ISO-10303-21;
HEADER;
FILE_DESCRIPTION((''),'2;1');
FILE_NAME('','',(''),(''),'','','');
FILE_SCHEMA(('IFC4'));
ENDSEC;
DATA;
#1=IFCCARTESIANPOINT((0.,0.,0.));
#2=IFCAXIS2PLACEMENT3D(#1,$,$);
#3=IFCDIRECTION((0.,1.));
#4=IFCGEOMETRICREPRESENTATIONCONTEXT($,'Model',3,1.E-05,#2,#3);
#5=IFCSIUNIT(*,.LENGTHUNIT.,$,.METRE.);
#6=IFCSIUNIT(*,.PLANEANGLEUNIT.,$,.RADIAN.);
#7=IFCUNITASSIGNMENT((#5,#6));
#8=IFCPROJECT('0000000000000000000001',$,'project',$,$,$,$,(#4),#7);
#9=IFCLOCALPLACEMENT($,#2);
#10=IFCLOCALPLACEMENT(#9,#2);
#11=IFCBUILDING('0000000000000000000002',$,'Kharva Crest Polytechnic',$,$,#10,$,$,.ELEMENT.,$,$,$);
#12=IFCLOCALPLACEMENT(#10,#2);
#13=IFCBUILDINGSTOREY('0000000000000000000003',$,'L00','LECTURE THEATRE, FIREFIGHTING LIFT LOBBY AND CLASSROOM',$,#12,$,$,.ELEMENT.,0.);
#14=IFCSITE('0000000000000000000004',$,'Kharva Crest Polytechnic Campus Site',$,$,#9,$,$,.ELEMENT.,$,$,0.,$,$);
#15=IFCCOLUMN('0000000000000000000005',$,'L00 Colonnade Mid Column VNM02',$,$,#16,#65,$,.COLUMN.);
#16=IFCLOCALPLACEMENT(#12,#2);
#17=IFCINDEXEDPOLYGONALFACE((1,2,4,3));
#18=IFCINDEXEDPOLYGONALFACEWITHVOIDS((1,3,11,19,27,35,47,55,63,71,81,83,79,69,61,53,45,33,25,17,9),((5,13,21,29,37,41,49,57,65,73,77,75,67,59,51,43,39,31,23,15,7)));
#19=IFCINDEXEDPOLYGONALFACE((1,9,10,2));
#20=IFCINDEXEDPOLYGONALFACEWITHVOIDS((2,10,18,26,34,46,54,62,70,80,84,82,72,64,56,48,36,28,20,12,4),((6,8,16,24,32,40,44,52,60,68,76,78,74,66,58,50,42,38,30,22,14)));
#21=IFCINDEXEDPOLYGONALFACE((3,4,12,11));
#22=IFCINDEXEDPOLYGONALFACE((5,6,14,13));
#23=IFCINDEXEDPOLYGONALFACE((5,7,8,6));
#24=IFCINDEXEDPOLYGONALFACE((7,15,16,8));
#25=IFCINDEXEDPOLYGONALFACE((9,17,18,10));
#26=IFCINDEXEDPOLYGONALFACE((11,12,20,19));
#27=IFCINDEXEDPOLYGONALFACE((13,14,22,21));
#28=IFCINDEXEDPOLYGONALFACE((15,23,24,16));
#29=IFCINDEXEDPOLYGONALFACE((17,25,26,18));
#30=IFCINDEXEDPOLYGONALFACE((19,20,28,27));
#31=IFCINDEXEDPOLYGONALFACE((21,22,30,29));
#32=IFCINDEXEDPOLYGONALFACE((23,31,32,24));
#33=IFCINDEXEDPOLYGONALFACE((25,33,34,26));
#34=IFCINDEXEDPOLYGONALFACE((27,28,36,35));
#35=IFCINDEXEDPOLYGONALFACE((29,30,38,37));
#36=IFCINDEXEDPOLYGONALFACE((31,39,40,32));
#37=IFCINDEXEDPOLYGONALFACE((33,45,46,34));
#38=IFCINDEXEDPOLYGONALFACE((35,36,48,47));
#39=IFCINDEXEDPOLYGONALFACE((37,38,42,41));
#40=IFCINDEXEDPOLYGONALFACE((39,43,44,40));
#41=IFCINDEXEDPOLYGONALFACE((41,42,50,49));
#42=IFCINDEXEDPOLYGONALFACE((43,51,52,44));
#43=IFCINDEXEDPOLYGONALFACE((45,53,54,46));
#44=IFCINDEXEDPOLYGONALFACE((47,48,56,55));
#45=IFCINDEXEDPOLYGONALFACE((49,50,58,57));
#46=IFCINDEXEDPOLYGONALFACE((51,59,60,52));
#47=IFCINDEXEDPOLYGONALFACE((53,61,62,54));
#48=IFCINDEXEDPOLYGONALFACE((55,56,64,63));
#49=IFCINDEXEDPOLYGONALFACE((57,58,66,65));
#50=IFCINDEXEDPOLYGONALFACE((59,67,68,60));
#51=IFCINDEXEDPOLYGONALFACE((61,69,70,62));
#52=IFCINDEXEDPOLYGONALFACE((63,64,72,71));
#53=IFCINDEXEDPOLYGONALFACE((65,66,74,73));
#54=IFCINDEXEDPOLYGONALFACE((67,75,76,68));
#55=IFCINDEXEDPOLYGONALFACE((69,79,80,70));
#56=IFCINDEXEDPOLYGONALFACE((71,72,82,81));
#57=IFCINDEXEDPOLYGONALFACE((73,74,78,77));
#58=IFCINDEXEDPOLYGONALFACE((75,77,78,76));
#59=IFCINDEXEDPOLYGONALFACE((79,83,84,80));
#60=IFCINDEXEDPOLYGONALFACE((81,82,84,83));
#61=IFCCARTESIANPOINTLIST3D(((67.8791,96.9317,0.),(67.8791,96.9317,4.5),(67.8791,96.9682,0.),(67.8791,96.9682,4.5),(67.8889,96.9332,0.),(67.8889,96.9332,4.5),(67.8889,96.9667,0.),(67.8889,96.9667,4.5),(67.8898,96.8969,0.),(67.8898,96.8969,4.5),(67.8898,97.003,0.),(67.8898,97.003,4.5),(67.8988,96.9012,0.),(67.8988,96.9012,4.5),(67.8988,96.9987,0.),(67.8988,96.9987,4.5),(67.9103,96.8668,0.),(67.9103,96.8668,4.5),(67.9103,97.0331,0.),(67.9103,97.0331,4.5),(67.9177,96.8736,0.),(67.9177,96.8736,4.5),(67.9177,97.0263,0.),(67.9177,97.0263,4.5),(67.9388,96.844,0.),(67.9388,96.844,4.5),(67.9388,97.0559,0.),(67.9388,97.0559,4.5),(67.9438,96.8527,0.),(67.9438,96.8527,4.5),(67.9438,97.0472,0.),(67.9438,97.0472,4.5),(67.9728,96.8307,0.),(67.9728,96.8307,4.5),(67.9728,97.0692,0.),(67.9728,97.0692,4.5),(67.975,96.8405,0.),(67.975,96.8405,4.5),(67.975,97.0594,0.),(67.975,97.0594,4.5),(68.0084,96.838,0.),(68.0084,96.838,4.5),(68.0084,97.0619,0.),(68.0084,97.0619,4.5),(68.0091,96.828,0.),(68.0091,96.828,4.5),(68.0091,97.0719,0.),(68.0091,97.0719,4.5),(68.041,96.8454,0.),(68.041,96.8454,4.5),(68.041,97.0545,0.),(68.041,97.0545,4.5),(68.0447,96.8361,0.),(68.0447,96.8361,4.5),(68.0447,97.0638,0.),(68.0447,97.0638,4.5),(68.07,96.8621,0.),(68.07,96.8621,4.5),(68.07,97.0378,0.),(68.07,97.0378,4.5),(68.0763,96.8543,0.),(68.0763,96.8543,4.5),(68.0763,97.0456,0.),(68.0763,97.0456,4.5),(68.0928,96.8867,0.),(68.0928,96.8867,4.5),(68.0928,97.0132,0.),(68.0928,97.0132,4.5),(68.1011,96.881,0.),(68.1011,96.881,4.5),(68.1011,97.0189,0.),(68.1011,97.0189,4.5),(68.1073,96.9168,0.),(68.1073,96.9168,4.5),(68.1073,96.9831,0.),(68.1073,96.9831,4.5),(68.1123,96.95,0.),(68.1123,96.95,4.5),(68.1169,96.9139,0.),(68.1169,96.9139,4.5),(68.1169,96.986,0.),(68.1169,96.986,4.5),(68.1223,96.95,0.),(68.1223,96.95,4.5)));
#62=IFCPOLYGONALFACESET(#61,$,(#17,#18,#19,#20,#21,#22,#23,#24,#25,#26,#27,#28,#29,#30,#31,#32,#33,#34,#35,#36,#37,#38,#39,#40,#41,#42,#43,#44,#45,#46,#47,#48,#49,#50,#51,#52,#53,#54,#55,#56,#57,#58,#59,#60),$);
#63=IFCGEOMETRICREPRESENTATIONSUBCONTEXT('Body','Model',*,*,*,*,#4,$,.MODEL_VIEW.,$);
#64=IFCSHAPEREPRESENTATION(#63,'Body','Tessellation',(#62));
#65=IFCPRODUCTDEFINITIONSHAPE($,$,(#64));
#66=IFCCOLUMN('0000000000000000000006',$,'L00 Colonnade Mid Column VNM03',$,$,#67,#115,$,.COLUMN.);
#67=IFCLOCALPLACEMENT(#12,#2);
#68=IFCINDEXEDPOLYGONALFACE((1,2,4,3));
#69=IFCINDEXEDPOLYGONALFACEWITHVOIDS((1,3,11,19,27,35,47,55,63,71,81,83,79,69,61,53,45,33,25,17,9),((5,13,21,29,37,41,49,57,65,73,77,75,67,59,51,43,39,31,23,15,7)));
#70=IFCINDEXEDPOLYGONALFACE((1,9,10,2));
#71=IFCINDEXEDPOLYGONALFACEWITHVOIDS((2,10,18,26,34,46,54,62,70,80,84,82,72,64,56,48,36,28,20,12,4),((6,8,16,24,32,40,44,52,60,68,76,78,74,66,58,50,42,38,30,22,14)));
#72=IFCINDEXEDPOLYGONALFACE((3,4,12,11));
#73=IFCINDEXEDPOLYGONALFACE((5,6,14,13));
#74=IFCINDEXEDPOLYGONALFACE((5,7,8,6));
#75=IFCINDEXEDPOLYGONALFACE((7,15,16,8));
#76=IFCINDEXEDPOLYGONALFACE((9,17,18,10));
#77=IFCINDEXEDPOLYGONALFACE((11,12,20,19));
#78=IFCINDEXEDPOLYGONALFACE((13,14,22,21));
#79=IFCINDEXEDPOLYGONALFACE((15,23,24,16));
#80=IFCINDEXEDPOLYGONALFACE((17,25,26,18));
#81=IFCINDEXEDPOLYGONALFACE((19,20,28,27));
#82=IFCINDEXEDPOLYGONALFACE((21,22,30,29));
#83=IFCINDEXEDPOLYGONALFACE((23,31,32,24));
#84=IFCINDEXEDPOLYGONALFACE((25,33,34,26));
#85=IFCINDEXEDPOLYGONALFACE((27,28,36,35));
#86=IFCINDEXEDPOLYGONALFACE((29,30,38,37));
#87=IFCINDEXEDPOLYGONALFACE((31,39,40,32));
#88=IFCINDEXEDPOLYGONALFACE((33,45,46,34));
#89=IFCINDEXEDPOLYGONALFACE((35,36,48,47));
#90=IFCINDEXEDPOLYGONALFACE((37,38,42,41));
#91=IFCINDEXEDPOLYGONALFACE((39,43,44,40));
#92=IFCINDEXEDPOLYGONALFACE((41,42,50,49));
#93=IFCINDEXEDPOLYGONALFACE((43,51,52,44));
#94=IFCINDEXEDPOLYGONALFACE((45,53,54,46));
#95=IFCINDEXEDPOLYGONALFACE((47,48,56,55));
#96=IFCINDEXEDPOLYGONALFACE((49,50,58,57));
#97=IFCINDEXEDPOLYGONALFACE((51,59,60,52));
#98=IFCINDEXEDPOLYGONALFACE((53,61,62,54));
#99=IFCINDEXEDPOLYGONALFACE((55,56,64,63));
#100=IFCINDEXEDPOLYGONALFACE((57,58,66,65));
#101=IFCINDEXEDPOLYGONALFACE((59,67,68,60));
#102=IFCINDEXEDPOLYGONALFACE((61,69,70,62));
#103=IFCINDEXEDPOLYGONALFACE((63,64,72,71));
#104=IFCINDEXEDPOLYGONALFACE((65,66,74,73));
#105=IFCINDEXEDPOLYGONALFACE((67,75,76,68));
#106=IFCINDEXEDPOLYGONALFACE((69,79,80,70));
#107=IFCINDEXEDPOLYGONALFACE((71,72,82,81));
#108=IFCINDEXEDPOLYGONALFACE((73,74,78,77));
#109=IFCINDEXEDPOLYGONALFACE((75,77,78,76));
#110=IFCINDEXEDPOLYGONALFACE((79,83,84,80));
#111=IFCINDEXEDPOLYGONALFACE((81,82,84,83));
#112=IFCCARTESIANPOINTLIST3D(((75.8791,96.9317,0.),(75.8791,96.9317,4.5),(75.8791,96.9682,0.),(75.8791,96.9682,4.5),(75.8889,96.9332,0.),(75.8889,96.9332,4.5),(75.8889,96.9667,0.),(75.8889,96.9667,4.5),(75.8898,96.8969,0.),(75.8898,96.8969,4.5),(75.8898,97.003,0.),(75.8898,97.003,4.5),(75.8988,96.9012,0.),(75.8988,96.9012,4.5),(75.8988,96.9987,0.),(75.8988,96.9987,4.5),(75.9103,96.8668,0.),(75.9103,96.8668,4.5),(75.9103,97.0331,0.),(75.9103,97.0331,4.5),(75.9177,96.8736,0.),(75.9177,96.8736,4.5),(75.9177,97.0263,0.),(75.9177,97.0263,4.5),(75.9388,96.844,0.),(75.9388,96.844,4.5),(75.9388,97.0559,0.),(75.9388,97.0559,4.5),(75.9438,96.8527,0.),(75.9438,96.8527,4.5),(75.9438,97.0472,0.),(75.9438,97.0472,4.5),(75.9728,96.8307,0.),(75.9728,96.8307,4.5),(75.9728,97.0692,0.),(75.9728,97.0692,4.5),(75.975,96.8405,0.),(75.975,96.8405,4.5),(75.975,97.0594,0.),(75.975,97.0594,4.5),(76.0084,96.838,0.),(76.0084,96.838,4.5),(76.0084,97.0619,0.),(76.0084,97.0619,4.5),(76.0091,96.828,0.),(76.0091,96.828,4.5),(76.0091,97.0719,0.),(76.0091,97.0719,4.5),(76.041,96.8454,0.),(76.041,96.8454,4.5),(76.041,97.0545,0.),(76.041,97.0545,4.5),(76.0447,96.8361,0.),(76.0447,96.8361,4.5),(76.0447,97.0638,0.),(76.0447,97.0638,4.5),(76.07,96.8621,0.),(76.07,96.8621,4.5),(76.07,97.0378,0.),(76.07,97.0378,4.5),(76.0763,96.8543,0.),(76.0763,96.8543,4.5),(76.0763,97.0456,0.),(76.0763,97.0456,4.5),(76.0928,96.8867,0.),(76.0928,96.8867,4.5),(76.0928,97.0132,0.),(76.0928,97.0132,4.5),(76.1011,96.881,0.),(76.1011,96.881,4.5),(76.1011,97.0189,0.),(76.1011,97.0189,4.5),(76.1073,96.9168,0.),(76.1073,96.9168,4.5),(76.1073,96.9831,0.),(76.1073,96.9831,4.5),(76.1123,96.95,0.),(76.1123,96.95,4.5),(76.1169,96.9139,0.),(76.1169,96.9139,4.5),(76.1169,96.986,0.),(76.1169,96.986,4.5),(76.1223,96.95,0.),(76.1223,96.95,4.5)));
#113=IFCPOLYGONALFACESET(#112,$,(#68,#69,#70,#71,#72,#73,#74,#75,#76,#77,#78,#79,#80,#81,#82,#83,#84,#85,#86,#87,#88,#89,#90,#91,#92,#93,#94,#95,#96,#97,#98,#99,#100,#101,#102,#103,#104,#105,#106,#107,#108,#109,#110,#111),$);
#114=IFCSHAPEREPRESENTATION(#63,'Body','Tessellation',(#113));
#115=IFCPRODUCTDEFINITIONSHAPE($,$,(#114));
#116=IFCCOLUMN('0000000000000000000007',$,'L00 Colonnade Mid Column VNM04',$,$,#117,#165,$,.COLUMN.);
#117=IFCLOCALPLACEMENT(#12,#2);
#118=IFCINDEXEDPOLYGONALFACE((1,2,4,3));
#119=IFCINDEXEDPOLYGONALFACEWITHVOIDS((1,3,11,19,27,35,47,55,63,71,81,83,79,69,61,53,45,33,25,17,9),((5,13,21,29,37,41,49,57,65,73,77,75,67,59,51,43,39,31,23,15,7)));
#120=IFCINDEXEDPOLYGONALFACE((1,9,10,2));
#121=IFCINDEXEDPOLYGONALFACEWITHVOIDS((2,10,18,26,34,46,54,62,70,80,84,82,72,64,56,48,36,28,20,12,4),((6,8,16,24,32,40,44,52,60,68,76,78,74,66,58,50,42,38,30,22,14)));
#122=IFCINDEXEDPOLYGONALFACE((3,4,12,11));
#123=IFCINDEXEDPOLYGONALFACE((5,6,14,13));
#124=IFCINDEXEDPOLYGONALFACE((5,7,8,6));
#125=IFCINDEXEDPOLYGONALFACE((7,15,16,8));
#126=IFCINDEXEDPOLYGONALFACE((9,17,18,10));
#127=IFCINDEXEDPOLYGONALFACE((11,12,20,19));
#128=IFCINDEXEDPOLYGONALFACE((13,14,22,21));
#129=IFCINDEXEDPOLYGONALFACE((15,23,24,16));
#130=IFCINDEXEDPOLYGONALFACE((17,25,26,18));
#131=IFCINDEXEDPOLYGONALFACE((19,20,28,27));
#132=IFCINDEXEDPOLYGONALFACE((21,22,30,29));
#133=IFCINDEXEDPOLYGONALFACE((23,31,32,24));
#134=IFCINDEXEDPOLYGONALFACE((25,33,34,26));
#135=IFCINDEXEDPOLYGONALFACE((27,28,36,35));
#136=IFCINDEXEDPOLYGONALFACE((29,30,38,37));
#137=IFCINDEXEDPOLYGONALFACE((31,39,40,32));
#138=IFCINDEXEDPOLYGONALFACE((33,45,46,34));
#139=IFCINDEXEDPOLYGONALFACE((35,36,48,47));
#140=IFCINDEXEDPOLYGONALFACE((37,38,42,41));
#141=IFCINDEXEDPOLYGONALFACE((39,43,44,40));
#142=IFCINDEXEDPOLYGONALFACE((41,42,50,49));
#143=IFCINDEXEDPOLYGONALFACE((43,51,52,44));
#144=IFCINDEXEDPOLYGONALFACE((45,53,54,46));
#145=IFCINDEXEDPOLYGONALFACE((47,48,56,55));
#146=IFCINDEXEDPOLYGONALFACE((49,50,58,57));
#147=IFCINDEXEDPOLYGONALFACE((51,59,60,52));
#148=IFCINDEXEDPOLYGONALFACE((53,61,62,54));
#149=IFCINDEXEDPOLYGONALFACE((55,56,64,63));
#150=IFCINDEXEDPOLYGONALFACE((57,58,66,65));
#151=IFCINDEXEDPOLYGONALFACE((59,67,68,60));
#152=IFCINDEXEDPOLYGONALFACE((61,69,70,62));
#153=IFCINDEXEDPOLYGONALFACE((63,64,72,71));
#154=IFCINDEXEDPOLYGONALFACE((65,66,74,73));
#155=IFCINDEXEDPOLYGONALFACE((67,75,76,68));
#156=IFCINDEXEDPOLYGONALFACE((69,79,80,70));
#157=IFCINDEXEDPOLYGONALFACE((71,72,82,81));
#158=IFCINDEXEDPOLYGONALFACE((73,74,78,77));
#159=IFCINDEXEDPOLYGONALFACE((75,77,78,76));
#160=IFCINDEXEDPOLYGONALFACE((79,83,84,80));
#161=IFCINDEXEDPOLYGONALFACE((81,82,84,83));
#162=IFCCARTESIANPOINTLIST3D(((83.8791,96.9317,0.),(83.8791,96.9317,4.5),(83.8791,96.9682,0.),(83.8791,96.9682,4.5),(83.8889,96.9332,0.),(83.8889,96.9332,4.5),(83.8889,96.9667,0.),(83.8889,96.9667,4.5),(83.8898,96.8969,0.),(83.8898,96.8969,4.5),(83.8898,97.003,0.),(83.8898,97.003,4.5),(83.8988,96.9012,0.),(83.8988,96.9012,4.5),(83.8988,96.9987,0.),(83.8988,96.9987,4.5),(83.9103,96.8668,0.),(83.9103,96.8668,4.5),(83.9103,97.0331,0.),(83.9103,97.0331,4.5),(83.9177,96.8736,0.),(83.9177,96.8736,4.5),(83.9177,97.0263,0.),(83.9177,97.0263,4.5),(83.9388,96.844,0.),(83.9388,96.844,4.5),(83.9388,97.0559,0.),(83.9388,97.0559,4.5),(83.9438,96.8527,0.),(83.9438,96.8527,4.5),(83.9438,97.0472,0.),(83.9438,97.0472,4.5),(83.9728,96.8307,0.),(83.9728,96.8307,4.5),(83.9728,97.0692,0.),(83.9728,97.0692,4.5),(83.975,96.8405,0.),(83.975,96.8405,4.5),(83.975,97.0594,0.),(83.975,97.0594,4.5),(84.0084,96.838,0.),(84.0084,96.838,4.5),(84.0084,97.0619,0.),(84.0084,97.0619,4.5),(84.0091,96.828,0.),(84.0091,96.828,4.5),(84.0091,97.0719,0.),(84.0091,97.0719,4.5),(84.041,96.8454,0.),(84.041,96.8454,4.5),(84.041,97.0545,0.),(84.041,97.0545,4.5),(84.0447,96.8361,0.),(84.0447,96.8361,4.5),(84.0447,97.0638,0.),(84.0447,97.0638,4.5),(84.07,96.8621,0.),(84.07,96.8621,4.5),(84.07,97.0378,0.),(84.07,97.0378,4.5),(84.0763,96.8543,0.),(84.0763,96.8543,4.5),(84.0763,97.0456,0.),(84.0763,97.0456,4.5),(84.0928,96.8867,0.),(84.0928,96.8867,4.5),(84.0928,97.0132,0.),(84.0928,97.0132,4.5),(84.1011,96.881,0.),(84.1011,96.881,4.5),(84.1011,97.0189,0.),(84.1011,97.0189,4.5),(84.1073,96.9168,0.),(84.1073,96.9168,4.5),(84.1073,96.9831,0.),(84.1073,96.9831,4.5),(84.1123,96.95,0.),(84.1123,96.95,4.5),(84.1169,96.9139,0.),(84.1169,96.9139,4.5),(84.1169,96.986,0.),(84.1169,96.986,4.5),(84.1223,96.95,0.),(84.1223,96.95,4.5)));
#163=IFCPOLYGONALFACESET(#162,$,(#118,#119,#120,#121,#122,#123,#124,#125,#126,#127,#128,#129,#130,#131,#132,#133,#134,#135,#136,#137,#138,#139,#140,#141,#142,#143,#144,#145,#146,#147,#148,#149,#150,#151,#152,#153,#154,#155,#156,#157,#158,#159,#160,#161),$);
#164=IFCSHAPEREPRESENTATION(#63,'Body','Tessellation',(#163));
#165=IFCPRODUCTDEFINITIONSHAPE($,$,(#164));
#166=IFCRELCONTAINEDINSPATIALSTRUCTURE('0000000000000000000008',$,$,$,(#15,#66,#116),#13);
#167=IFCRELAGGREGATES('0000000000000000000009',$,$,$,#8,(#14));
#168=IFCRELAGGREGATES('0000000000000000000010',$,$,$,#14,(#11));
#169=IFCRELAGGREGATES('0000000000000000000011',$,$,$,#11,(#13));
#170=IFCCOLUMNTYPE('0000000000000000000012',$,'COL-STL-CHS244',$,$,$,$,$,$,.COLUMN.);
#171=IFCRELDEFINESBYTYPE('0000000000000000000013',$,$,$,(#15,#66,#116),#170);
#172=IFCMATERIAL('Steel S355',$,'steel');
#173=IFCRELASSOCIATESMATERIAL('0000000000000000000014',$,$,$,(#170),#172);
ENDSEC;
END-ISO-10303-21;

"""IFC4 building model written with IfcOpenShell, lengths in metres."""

from ifc_helpers import new_model, si_unit, direction, frame, origin, origin_2d, place, context, subcontext, project, spatial, hollow_circle, extrude, material, material_profile, profile_set, type_object, element, save


model = new_model("IFC4")

# Units and contexts
model_context = context("Model", 3, precision=1e-05, world=origin(), true_north=direction((0.0, 1.0)))
body_context = subcontext(model_context, "Body", "Model", "MODEL_VIEW")
ifc_project = project(units=[si_unit("LENGTHUNIT", "METRE"), si_unit("PLANEANGLEUNIT", "RADIAN")], contexts=[model_context])

# Site, building, storey
site_placement = place(None, origin())
site = spatial("IfcSite", under=ifc_project, at=site_placement, Name="Kharva Crest Polytechnic Campus Site", CompositionType="ELEMENT", RefElevation=0.0)
building_placement = place(site_placement, origin())
building = spatial("IfcBuilding", under=site, at=building_placement, Name="Kharva Crest Polytechnic", CompositionType="ELEMENT")
storey_placement = place(building_placement, origin())
storey = spatial("IfcBuildingStorey", under=building, at=storey_placement, Name="L00", Description="LECTURE THEATRE, FIREFIGHTING LIFT LOBBY AND CLASSROOM", CompositionType="ELEMENT", Elevation=0.0)

# Columns
ifc_material_1 = material(Name="Steel S355", Category="steel")
ifc_material_profile_1 = material_profile(ifc_material_1, hollow_circle(Radius=0.1223, WallThickness=0.01, at=origin_2d()), Name="CHS 244.5X10.0")
ifc_profile_set_1 = profile_set([ifc_material_profile_1], Name="Steel S355")
column_type_1 = type_object("IfcColumnType", Name="COL-STL-CHS244", PredefinedType="COLUMN", material=ifc_profile_set_1)
for number, where, z_axis, x_axis, name in (
    (1, (68.0, 96.95, 0.0), (0.0, 0.0, 1.0), (1.0, 0.0, 0.0), "L00 Colonnade Mid Column VNM02"),
    (2, (76.0, 96.95, 0.0), (0.0, 0.0, 1.0), (1.0, 0.0, 0.0), "L00 Colonnade Mid Column VNM03"),
    (3, (84.0, 96.95, 0.0), (0.0, 0.0, 1.0), (1.0, 0.0, 0.0), "L00 Colonnade Mid Column VNM04"),
):
    element("IfcColumn", number, at=place(storey_placement, frame(where, z_axis=z_axis, x_axis=x_axis)), inside=storey, type_object=column_type_1, Name=name, PredefinedType="COLUMN", context=body_context, shape_type="SweptSolid", body=[
        extrude(hollow_circle(Radius=0.1223, WallThickness=0.01, at=origin_2d()), origin(), (0.0, 0.0, 1.0), 4.5),
    ])

save(model, "model.ifc")
